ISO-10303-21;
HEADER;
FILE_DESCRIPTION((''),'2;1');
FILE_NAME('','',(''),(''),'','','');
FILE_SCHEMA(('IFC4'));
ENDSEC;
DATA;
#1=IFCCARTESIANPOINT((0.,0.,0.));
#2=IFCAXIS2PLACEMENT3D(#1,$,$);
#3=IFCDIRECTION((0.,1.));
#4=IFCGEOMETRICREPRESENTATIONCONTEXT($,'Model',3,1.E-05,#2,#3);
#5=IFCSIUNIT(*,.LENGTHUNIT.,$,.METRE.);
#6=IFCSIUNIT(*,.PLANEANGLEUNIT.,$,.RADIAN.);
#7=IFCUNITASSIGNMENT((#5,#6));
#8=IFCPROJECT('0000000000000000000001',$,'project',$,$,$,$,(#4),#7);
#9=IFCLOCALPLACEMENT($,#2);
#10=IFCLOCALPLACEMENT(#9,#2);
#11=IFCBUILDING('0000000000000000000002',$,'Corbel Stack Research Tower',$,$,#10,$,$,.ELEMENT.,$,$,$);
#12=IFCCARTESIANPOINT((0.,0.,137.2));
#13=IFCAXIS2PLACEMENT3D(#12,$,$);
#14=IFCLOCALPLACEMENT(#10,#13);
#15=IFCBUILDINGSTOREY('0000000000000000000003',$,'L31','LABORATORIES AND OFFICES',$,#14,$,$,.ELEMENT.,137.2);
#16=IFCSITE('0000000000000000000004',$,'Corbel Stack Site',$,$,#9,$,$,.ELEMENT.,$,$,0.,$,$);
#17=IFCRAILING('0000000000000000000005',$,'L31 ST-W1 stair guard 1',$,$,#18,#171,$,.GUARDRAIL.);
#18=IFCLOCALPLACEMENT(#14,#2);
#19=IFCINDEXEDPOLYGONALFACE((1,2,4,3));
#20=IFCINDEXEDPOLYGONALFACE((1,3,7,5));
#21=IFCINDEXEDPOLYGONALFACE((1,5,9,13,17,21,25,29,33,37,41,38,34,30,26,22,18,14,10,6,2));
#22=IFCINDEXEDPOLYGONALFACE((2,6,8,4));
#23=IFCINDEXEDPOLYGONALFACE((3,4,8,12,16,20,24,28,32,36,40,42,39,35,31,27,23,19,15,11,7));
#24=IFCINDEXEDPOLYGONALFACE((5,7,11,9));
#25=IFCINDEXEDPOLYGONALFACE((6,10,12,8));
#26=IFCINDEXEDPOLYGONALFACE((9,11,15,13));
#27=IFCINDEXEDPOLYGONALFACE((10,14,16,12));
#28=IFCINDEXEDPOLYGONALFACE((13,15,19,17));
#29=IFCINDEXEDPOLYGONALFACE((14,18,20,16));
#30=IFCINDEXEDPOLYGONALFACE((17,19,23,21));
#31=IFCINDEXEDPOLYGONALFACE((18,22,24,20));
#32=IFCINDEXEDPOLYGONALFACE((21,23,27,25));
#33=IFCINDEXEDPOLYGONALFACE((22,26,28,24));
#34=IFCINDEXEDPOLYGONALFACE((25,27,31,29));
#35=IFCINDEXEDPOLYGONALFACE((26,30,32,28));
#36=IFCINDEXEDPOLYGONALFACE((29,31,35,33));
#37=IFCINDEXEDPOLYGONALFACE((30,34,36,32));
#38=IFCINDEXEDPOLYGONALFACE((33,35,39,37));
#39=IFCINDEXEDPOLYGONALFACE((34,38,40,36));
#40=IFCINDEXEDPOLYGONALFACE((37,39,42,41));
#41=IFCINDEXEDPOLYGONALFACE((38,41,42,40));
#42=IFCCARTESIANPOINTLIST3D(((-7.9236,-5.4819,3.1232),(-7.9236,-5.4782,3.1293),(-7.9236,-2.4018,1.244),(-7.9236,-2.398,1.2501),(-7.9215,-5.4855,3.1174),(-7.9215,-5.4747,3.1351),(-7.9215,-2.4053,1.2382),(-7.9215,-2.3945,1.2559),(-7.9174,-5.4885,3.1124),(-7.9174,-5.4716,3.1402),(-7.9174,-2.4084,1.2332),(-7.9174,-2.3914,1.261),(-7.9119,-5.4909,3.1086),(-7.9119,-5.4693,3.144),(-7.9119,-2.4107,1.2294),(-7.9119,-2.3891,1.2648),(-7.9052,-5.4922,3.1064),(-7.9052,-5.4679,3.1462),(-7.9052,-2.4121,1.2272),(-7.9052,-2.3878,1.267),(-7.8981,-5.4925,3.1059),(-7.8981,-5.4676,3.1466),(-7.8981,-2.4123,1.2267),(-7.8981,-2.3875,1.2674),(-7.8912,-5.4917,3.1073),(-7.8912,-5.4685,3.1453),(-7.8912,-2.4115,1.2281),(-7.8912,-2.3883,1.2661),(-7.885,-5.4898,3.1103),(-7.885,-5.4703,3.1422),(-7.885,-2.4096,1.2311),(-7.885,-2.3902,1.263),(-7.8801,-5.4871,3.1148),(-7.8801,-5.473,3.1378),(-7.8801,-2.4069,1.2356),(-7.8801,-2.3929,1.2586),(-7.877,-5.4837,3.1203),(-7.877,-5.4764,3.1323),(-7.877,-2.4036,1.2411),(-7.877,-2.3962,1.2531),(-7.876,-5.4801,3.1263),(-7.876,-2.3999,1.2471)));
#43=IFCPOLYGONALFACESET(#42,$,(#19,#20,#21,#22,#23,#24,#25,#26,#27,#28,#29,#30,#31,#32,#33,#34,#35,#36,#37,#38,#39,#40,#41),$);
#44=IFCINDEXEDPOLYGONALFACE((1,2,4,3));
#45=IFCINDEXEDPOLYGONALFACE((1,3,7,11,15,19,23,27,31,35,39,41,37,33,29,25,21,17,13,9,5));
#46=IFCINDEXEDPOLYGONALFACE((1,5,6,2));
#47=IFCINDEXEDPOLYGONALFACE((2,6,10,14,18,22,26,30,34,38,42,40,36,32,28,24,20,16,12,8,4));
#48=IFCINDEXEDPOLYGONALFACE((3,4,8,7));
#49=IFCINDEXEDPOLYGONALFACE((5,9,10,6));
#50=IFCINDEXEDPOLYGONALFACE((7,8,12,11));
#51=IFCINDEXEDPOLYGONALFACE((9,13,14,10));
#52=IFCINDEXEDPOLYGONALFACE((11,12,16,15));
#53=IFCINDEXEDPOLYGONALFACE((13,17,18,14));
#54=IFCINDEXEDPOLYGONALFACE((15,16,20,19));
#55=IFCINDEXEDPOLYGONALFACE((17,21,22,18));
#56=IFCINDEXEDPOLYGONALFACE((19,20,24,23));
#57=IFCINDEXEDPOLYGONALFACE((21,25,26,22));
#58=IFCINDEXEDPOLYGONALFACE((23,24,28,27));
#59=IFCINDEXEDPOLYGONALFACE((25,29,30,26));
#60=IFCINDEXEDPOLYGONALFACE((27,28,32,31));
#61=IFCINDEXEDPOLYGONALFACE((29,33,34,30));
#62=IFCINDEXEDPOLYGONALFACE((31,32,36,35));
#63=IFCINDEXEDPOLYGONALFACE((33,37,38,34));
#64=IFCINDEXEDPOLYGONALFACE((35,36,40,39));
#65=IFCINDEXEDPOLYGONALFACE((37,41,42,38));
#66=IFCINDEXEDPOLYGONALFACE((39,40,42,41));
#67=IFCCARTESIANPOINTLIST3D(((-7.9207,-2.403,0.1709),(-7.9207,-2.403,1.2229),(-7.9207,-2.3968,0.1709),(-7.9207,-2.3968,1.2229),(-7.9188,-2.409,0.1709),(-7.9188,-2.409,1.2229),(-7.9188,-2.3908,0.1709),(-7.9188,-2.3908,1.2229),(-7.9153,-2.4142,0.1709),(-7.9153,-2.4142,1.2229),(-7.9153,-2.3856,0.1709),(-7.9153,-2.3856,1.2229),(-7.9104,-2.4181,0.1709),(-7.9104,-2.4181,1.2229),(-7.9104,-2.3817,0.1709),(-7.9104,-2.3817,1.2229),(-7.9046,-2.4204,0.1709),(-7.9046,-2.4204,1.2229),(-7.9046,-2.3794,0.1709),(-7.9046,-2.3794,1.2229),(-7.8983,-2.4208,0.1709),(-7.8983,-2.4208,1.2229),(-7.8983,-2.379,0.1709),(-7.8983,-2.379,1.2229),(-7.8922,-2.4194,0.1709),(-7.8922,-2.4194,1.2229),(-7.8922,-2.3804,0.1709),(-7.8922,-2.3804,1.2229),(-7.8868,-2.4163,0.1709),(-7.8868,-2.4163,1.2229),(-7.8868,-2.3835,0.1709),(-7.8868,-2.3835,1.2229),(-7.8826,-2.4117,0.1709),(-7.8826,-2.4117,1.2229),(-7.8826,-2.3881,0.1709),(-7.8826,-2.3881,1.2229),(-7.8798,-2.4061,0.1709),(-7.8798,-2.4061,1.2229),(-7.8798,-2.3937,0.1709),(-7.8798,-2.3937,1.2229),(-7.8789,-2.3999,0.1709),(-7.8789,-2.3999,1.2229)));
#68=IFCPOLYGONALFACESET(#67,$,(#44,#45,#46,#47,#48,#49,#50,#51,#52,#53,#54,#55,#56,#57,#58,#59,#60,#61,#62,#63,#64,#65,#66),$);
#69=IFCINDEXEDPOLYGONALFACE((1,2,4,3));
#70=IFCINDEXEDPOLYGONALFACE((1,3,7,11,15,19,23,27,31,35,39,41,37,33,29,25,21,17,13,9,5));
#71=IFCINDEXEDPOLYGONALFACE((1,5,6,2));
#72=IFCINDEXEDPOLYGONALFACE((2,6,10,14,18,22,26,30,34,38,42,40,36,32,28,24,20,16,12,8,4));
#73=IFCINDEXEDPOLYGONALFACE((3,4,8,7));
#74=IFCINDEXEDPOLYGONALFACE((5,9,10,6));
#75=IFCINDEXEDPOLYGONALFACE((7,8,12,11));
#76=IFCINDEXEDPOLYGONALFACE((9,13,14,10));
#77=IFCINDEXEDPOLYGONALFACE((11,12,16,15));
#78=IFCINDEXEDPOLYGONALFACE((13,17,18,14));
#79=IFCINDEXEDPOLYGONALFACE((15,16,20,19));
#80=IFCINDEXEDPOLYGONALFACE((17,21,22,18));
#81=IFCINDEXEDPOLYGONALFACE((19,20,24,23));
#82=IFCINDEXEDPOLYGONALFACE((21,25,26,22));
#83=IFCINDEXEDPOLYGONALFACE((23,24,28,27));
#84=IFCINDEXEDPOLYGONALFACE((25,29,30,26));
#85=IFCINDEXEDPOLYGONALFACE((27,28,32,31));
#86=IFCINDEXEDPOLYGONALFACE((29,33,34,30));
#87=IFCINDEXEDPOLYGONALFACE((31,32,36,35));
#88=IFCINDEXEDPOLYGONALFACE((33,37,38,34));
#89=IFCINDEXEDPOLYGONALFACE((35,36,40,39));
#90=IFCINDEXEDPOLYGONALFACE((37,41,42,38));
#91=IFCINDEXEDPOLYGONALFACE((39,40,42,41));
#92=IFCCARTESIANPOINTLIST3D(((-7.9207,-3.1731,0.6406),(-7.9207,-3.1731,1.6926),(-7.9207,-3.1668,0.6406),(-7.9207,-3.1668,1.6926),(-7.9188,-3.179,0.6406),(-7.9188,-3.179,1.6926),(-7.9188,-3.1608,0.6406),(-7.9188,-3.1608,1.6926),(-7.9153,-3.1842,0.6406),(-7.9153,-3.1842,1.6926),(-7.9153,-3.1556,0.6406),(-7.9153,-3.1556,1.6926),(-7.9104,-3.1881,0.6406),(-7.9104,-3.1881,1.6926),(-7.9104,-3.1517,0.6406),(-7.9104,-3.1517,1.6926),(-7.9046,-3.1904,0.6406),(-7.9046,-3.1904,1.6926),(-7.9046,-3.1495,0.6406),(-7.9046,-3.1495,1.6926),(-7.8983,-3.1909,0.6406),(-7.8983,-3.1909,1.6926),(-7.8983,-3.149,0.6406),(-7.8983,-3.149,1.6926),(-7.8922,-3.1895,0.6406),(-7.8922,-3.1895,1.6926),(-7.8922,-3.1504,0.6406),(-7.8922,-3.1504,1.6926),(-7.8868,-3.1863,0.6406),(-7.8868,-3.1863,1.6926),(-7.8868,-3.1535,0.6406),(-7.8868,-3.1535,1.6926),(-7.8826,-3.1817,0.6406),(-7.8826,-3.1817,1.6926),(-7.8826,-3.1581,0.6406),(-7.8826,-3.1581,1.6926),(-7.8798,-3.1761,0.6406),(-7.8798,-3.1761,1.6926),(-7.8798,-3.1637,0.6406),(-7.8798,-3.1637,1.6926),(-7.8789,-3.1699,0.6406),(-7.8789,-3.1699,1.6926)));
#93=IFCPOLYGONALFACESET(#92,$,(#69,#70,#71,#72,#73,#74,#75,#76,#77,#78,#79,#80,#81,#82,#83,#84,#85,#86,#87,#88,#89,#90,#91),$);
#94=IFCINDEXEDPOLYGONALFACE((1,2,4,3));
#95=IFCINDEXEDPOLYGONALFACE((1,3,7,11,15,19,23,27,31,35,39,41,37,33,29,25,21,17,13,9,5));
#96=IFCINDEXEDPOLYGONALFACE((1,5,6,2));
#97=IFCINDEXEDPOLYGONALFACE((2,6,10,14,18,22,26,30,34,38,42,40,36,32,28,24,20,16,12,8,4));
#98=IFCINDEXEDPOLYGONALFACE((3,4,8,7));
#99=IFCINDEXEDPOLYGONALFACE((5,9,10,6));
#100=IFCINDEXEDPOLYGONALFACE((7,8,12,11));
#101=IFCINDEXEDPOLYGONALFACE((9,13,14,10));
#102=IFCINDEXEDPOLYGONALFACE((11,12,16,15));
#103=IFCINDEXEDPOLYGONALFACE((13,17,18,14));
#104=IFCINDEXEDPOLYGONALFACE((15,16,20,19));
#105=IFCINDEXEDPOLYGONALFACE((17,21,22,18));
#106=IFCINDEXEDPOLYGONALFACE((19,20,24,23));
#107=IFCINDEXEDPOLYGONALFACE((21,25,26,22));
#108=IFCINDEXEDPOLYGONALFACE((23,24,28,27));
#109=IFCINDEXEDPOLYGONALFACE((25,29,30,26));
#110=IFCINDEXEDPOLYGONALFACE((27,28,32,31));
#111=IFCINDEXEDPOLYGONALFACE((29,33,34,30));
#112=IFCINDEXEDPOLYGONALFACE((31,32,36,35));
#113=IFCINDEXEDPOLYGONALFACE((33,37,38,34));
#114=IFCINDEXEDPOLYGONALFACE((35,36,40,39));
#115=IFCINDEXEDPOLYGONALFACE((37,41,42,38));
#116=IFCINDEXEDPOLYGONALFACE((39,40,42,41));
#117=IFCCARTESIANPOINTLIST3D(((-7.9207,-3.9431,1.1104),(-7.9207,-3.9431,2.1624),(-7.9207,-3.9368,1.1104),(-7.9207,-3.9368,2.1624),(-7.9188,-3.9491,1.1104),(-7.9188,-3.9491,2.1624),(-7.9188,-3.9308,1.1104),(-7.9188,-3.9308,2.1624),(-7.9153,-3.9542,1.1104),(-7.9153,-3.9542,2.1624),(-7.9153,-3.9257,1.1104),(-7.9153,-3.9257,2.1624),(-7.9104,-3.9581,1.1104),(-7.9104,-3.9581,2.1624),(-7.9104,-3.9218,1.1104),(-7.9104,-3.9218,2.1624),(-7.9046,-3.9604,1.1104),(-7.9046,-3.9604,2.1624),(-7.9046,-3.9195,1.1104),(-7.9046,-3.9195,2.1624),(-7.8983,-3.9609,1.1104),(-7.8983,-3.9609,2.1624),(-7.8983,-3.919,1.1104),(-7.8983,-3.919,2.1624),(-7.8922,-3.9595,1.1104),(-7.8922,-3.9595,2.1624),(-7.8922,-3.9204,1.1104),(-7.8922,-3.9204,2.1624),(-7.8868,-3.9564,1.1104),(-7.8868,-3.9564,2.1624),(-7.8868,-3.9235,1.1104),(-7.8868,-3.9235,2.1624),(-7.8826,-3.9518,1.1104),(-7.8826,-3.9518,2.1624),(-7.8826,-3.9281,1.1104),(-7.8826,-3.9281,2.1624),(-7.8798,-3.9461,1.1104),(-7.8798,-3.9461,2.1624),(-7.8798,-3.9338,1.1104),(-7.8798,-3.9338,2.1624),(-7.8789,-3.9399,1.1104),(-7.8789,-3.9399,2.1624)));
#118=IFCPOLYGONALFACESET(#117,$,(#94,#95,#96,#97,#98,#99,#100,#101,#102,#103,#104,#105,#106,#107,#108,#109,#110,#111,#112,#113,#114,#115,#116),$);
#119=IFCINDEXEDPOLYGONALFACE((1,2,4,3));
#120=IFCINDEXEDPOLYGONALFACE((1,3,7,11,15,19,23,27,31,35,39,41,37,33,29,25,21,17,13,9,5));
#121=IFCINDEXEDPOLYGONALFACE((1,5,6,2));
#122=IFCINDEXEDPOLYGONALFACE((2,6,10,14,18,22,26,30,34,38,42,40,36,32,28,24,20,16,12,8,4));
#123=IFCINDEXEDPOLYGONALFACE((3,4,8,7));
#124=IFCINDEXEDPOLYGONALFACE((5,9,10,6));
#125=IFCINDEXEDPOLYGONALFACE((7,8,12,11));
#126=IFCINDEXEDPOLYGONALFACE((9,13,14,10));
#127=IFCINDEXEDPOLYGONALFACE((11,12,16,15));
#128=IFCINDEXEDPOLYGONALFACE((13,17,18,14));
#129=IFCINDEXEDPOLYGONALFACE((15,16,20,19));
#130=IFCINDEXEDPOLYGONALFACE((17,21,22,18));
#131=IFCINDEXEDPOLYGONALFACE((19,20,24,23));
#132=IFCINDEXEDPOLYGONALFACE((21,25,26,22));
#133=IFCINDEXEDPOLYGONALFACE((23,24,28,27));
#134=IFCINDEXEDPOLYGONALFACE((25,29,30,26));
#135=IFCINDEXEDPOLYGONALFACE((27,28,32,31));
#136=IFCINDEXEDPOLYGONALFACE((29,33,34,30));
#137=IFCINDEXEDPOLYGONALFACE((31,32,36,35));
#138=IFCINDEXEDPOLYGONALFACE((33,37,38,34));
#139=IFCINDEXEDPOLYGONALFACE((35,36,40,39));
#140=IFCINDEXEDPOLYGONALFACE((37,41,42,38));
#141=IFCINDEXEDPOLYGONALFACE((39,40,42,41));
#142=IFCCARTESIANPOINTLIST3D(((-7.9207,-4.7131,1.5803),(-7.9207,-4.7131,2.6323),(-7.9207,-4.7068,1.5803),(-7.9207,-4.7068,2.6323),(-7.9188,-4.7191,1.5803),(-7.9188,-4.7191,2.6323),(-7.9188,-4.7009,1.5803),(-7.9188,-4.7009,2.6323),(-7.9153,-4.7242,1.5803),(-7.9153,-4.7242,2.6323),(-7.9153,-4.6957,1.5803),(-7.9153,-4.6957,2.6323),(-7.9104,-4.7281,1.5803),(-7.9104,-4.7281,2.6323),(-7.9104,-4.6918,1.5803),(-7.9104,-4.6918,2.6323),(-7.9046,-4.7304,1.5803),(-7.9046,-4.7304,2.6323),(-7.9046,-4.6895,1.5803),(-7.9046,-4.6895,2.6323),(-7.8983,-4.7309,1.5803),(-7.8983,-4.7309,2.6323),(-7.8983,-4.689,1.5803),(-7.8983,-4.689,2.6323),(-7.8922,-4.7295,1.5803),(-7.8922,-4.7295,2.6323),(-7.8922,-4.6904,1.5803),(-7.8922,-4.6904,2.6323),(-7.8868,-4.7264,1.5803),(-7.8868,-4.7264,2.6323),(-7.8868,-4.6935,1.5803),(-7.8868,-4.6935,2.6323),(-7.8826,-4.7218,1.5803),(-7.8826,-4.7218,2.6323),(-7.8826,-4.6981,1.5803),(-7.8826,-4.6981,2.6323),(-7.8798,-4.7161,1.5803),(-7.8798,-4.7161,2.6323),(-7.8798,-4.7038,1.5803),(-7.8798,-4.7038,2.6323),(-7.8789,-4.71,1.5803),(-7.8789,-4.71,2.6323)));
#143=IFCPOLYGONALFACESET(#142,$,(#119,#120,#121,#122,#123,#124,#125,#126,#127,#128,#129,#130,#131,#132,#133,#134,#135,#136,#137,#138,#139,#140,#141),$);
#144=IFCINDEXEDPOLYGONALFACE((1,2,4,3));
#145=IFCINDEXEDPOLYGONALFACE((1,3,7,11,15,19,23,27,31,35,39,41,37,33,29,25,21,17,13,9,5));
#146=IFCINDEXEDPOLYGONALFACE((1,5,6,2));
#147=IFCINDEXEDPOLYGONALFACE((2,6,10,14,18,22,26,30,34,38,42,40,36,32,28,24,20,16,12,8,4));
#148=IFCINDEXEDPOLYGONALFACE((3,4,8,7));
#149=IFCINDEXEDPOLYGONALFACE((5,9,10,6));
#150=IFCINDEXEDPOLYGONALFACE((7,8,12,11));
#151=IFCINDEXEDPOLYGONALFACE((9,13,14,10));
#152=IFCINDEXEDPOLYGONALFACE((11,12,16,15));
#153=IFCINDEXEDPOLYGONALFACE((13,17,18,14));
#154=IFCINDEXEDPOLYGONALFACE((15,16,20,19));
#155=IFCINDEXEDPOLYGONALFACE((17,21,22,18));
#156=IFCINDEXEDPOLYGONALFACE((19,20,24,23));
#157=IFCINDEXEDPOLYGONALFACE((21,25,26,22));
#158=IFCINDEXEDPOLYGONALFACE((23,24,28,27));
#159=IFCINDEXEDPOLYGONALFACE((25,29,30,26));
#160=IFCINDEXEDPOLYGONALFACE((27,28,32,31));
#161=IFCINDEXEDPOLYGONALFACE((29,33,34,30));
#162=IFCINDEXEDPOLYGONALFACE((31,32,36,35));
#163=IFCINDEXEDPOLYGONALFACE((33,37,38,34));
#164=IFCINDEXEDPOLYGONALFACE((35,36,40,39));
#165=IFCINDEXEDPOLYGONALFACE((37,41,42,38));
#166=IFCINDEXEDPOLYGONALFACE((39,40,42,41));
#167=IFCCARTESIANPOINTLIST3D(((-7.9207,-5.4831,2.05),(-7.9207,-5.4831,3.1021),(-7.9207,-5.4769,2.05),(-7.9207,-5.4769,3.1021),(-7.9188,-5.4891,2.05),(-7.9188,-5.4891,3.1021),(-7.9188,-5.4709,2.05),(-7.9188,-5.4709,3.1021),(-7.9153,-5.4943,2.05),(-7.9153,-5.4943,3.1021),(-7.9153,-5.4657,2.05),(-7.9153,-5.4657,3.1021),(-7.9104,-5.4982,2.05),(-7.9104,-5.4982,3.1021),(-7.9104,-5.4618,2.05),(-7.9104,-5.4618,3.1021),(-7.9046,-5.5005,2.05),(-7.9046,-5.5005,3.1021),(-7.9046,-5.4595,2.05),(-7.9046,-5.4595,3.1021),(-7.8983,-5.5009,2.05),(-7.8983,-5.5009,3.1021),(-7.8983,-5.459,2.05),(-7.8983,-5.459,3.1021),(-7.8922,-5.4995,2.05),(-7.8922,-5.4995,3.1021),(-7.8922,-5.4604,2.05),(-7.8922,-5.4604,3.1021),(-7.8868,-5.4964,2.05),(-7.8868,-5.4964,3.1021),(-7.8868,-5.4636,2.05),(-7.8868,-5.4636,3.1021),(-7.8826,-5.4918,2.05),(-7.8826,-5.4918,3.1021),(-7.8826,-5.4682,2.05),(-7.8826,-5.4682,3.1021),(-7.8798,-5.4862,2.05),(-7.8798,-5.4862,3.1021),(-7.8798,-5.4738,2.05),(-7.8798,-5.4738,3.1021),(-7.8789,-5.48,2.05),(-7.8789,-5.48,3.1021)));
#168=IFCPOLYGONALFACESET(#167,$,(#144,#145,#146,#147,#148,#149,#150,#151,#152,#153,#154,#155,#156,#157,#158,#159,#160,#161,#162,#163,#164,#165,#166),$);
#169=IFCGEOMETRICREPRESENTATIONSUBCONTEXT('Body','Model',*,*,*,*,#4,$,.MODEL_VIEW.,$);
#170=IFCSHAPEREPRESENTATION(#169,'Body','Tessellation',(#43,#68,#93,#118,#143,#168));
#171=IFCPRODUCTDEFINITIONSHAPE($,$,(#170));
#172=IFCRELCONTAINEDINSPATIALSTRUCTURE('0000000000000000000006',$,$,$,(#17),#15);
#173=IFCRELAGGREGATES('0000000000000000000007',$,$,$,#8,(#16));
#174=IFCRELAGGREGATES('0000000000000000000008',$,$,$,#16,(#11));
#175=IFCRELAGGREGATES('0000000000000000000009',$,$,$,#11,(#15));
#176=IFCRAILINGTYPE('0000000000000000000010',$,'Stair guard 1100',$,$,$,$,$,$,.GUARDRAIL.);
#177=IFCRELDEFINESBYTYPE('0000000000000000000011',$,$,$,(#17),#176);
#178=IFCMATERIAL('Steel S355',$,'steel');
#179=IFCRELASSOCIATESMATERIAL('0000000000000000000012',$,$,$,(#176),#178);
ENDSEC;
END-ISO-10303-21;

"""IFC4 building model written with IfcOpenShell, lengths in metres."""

from ifc_helpers import new_model, si_unit, direction, frame, origin, origin_2d, place, context, subcontext, project, spatial, circle, extrude, material, type_object, element, save


model = new_model("IFC4")

# Units and contexts
model_context = context("Model", 3, precision=1e-05, world=origin(), true_north=direction((0.0, 1.0)))
body_context = subcontext(model_context, "Body", "Model", "MODEL_VIEW")
ifc_project = project(units=[si_unit("LENGTHUNIT", "METRE"), si_unit("PLANEANGLEUNIT", "RADIAN")], contexts=[model_context])

# Site, building, storey
site_placement = place(None, origin())
site = spatial("IfcSite", under=ifc_project, at=site_placement, Name="Corbel Stack Site", CompositionType="ELEMENT", RefElevation=0.0)
building_placement = place(site_placement, origin())
building = spatial("IfcBuilding", under=site, at=building_placement, Name="Corbel Stack Research Tower", CompositionType="ELEMENT")
storey_placement = place(building_placement, frame((0.0, 0.0, 137.2)))
storey = spatial("IfcBuildingStorey", under=building, at=storey_placement, Name="L31", Description="LABORATORIES AND OFFICES", CompositionType="ELEMENT", Elevation=137.2)

# Railing
ifc_material_1 = material(Name="Steel S355", Category="steel")
railing_type = type_object("IfcRailingType", Name="Stair guard 1100", PredefinedType="GUARDRAIL", material=ifc_material_1)
railing_1_placement = place(storey_placement, frame((-7.8999, -2.3999, 0.1709)))
element("IfcRailing", 1, at=railing_1_placement, inside=storey, type_object=railing_type, Name="L31 ST-W1 stair guard 1", PredefinedType="GUARDRAIL", context=body_context, shape_type="SweptSolid", body=[
    extrude(circle(Radius=0.0239, at=origin_2d()), frame((0.0, 0.0, 1.0762), z_axis=(0.0, -0.853666, 0.52082), x_axis=(1.0, 0.0, 0.0)), (0.0, 0.0, 1.0), 3.6082),
    extrude(circle(Radius=0.021, at=origin_2d()), origin(), (0.0, 0.0, 1.0), 1.052),
    extrude(circle(Radius=0.021, at=origin_2d()), frame((0.0, -0.77, 0.4697)), (0.0, 0.0, 1.0), 1.052),
    extrude(circle(Radius=0.021, at=origin_2d()), frame((0.0, -1.54, 0.9395)), (0.0, 0.0, 1.0), 1.052),
    extrude(circle(Radius=0.021, at=origin_2d()), frame((0.0, -2.3101, 1.4094)), (0.0, 0.0, 1.0), 1.052),
    extrude(circle(Radius=0.021, at=origin_2d()), frame((0.0, -3.0801, 1.8792)), (0.0, 0.0, 1.0), 1.052),
])

save(model, "model.ifc")
